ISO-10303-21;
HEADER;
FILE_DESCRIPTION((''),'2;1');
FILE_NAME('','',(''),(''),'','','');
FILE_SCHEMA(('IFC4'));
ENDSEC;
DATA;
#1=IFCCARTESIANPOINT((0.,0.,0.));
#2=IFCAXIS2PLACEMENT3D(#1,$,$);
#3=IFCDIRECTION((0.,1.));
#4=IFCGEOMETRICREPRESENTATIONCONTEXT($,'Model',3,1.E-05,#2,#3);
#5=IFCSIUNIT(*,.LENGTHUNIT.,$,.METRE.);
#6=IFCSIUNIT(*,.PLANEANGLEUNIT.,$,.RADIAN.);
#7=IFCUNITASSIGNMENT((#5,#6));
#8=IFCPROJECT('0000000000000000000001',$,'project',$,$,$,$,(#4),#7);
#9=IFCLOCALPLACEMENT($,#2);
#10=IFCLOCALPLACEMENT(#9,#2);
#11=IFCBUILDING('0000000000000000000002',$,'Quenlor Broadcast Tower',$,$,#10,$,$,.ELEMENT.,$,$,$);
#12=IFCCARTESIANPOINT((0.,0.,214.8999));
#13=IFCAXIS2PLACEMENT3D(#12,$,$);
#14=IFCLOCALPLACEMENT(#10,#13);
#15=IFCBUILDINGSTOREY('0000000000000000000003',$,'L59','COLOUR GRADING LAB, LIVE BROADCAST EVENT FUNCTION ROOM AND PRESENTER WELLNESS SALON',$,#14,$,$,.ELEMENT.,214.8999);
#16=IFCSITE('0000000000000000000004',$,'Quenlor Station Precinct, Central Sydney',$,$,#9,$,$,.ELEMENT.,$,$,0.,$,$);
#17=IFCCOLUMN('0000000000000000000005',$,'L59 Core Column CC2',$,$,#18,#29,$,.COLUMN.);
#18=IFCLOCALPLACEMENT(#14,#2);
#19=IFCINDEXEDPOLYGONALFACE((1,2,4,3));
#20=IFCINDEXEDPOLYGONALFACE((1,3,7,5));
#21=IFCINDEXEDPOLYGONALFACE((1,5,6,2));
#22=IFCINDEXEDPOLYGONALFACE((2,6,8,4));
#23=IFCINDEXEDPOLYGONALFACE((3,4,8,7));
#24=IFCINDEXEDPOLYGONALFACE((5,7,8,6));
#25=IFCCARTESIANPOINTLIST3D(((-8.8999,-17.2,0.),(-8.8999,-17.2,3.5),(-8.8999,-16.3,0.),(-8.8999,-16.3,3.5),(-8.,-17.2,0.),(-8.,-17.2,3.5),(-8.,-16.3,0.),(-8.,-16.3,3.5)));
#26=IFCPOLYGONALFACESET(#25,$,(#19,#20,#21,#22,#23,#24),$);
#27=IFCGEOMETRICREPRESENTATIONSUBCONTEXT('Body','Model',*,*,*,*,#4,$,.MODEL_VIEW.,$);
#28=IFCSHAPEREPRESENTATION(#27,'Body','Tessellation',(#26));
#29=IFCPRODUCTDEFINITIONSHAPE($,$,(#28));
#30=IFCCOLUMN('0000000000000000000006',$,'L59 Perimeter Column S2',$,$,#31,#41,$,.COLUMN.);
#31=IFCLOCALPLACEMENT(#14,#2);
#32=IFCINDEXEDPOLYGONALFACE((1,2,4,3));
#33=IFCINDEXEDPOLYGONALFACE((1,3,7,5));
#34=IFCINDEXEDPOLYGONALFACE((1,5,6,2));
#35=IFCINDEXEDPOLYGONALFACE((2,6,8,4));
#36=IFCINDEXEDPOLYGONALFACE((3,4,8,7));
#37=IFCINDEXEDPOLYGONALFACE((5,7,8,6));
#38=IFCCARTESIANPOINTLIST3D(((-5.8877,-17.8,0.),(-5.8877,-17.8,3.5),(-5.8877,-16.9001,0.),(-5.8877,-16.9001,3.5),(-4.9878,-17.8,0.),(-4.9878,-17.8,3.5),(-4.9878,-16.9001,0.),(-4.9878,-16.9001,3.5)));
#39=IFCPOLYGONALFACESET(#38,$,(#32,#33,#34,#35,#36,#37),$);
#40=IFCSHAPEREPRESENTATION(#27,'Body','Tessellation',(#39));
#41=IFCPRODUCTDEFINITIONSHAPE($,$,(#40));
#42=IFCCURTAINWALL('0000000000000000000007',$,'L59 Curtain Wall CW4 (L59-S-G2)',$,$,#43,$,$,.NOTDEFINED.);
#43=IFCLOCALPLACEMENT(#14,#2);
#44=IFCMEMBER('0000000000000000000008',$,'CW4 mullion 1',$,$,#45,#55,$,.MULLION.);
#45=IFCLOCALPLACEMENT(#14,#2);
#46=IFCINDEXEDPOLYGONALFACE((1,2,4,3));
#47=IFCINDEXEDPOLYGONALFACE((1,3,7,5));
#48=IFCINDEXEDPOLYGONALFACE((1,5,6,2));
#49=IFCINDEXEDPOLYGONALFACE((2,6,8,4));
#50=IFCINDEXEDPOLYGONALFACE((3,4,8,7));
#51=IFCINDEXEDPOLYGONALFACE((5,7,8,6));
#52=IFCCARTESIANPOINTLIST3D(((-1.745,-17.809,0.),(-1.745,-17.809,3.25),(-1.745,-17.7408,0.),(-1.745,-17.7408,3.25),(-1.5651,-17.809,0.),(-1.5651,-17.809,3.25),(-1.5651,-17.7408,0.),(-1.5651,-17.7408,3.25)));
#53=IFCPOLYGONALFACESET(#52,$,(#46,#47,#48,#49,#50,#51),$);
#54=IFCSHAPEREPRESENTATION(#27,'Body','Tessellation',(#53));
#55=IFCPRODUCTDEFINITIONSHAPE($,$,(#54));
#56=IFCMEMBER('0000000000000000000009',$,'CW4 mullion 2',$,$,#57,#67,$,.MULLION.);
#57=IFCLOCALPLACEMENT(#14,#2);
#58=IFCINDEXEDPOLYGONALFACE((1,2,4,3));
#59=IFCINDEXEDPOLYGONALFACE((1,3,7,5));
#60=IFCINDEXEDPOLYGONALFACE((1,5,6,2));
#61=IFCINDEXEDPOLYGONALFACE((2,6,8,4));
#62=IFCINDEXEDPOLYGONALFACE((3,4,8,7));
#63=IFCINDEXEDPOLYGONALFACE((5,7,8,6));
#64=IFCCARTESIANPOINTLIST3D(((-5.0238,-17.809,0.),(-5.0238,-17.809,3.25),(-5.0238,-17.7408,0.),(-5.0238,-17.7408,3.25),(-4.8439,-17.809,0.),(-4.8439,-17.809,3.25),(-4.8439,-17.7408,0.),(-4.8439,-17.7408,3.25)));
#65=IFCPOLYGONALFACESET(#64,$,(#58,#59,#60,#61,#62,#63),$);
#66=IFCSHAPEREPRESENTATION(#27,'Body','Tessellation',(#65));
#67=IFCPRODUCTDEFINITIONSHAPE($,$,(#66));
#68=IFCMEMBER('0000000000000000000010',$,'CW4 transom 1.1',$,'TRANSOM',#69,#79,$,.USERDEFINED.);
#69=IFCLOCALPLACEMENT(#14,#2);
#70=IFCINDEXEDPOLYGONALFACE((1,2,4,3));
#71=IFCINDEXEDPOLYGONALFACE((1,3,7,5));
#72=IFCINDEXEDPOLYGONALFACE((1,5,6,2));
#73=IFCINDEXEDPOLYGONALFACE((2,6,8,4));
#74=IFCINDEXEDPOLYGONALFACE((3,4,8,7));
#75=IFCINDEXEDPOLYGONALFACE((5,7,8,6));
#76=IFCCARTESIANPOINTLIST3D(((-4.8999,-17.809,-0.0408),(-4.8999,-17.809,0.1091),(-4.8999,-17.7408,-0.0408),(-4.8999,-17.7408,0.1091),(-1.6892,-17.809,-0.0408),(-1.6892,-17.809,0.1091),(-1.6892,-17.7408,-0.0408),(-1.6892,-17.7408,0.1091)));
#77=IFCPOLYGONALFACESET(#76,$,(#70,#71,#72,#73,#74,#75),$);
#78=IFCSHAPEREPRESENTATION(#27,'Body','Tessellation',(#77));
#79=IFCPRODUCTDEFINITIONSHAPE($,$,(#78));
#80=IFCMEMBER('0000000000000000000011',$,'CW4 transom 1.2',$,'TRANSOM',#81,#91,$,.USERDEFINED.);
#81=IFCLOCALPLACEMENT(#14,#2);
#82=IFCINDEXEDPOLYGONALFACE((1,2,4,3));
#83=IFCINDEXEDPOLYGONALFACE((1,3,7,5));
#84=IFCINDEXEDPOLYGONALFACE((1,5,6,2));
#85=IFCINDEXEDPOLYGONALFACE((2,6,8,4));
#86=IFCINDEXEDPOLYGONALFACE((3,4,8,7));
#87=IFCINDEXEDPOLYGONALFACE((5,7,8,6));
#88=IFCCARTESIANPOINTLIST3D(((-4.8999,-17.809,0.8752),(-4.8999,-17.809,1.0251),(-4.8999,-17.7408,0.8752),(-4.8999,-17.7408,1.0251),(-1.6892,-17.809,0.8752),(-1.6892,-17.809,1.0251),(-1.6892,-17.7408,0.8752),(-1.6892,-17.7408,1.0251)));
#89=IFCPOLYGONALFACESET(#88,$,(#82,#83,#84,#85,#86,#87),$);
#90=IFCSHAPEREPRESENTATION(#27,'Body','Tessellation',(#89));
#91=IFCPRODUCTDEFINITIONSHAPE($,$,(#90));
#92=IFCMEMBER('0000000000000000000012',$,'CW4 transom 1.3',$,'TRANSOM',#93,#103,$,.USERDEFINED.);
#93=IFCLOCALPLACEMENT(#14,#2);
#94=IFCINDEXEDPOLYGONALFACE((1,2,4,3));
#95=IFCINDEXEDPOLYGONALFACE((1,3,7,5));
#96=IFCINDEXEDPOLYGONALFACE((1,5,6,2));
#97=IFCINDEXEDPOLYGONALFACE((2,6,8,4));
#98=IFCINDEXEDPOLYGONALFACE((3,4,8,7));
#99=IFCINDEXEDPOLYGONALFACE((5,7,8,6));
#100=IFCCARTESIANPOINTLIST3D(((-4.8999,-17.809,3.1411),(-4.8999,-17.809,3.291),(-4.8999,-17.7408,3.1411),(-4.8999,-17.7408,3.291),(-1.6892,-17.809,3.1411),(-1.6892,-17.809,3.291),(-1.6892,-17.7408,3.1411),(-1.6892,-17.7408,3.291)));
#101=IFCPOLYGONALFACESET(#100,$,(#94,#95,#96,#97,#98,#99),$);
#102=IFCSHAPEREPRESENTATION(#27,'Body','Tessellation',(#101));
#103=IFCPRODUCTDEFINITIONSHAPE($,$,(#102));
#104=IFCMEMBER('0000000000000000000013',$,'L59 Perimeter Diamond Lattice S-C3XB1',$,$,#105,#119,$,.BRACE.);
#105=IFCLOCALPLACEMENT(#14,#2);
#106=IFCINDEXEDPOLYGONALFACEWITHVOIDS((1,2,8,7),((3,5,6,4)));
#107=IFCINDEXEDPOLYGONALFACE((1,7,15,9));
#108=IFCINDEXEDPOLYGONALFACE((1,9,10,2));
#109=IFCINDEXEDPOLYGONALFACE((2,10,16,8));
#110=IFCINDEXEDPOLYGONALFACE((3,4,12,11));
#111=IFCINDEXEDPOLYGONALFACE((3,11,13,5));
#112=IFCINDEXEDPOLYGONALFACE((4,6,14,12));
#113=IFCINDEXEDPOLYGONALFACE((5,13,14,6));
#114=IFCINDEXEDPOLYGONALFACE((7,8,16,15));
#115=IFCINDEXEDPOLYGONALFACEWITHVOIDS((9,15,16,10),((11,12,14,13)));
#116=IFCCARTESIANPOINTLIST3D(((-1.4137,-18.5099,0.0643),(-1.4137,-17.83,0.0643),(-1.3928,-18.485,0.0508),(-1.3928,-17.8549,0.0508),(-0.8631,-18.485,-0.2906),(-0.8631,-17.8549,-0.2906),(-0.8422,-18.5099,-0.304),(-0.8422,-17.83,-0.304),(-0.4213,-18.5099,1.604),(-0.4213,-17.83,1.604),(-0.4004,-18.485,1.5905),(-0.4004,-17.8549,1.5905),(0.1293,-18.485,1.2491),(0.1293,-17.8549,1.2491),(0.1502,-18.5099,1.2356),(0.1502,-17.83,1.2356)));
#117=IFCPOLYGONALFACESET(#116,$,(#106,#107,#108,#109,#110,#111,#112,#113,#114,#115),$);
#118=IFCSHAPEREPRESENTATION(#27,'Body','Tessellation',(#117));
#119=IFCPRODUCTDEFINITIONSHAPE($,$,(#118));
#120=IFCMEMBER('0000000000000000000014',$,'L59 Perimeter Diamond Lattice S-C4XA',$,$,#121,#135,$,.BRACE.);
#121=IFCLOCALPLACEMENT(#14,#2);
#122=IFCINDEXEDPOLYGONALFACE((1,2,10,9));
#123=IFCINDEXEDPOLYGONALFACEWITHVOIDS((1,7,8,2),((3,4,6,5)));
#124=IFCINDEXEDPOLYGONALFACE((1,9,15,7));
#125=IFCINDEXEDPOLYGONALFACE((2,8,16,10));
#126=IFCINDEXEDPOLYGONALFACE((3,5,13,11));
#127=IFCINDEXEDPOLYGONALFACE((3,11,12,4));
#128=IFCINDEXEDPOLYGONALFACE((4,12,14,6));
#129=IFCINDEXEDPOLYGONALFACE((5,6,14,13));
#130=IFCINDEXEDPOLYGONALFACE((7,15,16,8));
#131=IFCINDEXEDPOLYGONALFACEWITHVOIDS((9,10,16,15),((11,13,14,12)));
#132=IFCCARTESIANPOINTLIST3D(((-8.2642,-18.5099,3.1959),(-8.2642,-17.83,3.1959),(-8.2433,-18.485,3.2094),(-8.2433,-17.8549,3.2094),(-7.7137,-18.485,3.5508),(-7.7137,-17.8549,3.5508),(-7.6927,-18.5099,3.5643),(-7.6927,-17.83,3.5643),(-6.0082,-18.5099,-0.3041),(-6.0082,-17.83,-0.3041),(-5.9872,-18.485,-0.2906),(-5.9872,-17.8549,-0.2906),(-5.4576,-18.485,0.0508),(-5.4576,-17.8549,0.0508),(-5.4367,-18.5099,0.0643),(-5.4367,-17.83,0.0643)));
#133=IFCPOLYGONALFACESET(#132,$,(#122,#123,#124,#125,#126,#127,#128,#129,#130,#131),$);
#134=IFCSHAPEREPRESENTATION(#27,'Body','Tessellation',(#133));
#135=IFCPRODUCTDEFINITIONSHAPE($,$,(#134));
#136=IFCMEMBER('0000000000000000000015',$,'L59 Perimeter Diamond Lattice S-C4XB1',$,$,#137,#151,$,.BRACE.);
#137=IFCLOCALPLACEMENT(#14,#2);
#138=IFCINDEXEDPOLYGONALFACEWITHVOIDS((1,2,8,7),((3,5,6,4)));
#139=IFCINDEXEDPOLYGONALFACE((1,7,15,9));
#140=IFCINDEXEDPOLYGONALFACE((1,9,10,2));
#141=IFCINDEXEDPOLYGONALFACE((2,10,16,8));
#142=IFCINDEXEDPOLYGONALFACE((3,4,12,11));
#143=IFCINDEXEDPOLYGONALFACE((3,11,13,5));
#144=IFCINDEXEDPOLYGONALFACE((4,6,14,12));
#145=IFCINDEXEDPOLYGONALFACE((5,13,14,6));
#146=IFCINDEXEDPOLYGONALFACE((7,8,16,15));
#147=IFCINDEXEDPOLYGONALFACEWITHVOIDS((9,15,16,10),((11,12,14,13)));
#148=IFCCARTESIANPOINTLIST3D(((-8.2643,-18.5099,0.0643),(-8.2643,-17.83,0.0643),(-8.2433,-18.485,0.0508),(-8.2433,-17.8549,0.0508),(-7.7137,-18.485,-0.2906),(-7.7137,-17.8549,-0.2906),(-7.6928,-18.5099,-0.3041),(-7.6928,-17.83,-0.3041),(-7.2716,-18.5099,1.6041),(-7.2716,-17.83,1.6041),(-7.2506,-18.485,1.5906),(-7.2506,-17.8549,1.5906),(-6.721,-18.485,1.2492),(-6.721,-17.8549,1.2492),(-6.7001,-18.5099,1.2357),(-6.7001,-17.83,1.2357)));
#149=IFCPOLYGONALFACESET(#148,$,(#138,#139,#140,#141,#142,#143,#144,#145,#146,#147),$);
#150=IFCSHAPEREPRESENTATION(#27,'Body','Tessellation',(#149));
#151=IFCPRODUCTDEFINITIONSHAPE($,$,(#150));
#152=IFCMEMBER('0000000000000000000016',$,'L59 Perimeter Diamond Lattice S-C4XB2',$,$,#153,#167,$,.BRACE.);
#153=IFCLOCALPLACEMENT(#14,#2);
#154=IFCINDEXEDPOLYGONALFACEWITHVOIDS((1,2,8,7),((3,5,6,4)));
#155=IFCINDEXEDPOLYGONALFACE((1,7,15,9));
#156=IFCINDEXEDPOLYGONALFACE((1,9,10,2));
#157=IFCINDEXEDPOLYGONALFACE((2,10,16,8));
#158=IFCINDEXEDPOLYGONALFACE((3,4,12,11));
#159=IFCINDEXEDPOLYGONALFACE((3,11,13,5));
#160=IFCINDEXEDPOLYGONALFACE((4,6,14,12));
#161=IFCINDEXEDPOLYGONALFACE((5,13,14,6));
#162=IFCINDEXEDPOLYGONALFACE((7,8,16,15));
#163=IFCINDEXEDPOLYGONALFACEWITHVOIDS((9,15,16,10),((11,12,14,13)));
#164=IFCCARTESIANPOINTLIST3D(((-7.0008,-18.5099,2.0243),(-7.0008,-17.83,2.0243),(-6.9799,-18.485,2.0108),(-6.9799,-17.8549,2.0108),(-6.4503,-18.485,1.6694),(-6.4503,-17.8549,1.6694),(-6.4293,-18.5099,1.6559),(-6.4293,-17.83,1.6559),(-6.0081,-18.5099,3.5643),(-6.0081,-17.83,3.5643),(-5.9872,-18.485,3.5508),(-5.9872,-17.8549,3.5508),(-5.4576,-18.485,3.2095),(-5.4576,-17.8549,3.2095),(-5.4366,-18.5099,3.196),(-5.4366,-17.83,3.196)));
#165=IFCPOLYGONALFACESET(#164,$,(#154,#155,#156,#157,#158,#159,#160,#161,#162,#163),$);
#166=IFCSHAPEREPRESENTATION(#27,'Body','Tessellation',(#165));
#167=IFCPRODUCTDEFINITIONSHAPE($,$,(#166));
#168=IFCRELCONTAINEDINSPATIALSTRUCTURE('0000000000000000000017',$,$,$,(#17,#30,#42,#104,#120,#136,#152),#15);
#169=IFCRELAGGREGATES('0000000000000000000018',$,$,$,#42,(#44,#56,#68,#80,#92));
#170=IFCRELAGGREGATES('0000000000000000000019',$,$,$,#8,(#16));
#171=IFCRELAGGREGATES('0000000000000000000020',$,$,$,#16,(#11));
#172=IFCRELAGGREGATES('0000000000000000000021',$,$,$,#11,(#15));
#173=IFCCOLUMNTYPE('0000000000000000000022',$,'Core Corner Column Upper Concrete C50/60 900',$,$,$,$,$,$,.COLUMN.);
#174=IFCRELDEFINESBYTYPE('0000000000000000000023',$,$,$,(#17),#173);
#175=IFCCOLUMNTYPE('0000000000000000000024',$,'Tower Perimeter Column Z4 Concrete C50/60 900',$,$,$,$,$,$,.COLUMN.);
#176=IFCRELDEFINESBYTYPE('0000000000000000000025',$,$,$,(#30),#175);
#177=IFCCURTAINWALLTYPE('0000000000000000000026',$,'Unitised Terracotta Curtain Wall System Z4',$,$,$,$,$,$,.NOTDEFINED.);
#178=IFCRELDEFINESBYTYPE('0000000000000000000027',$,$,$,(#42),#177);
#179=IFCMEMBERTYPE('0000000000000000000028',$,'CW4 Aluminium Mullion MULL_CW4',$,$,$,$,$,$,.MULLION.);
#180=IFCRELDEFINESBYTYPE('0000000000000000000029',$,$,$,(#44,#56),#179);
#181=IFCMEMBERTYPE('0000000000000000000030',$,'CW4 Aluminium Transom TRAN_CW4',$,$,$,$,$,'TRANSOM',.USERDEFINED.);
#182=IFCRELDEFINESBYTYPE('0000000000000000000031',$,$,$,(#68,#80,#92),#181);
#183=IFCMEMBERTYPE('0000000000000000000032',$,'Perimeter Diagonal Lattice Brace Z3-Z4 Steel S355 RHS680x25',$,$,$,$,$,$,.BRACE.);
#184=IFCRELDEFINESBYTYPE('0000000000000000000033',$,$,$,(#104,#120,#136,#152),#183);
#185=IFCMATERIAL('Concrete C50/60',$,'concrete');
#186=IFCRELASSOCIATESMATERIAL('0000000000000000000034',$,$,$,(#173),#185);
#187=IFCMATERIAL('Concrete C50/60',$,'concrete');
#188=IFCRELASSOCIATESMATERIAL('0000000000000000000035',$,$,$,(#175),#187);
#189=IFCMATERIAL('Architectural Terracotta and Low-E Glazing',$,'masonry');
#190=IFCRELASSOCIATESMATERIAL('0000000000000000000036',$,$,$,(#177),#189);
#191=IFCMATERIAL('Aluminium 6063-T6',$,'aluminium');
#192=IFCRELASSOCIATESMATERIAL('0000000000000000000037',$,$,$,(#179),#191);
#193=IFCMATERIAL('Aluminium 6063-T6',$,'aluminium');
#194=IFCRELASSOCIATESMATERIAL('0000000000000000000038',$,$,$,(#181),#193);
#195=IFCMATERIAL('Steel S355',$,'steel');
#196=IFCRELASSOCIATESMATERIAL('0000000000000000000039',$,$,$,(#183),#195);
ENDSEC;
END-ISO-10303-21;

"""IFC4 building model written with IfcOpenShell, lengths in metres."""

from ifc_helpers import new_model, si_unit, direction, frame, origin, origin_2d, place, context, subcontext, project, spatial, rectangle, hollow_rectangle, extrude, material, material_profile, profile_set, type_object, element, aggregate, save


model = new_model("IFC4")

# Units and contexts
model_context = context("Model", 3, precision=1e-05, world=origin(), true_north=direction((0.0, 1.0)))
body_context = subcontext(model_context, "Body", "Model", "MODEL_VIEW")
ifc_project = project(units=[si_unit("LENGTHUNIT", "METRE"), si_unit("PLANEANGLEUNIT", "RADIAN")], contexts=[model_context])

# Site, building, storey
site_placement = place(None, origin())
site = spatial("IfcSite", under=ifc_project, at=site_placement, Name="Quenlor Station Precinct, Central Sydney", CompositionType="ELEMENT", RefElevation=0.0)
building_placement = place(site_placement, origin())
building = spatial("IfcBuilding", under=site, at=building_placement, Name="Quenlor Broadcast Tower", CompositionType="ELEMENT")
storey_placement = place(building_placement, frame((0.0, 0.0, 214.8999)))
storey = spatial("IfcBuildingStorey", under=building, at=storey_placement, Name="L59", Description="COLOUR GRADING LAB, LIVE BROADCAST EVENT FUNCTION ROOM AND PRESENTER WELLNESS SALON", CompositionType="ELEMENT", Elevation=214.8999)

# Columns
ifc_material_1 = material(Name="Concrete C50/60", Category="concrete")
ifc_material_profile_1 = material_profile(ifc_material_1, rectangle(XDim=0.8999, YDim=0.8999, at=origin_2d()))
ifc_profile_set_1 = profile_set([ifc_material_profile_1], Name="Concrete C50/60 RC900x900")
column_type_1 = type_object("IfcColumnType", Name="Core Corner Column Upper Concrete C50/60 900", PredefinedType="COLUMN", material=ifc_profile_set_1)
column_1_placement = place(storey_placement, frame((-8.45, -16.75, 0.0), z_axis=(0.0, 0.0, 1.0), x_axis=(1.0, 0.0, 0.0)))
element("IfcColumn", 1, at=column_1_placement, inside=storey, type_object=column_type_1, Name="L59 Core Column CC2", PredefinedType="COLUMN", context=body_context, shape_type="SweptSolid", body=[
    extrude(rectangle(XDim=0.8999, YDim=0.8999, at=origin_2d()), origin(), (0.0, 0.0, 1.0), 3.5),
])
ifc_material_2 = material(Name="Concrete C50/60", Category="concrete")
ifc_material_profile_2 = material_profile(ifc_material_2, rectangle(XDim=0.8999, YDim=0.8999, at=origin_2d()))
ifc_profile_set_2 = profile_set([ifc_material_profile_2], Name="Concrete C50/60 RC900x900")
column_type_2 = type_object("IfcColumnType", Name="Tower Perimeter Column Z4 Concrete C50/60 900", PredefinedType="COLUMN", material=ifc_profile_set_2)
column_2_placement = place(storey_placement, frame((-5.4377, -17.3501, 0.0), z_axis=(0.0, 0.0, 1.0), x_axis=(0.0, 1.0, 0.0)))
element("IfcColumn", 2, at=column_2_placement, inside=storey, type_object=column_type_2, Name="L59 Perimeter Column S2", PredefinedType="COLUMN", context=body_context, shape_type="SweptSolid", body=[
    extrude(rectangle(XDim=0.8999, YDim=0.8999, at=origin_2d()), origin(), (0.0, 0.0, 1.0), 3.5),
])

# Curtain wall, members
ifc_material_3 = material(Name="Architectural Terracotta and Low-E Glazing", Category="masonry")
curtain_wall_type = type_object("IfcCurtainWallType", Name="Unitised Terracotta Curtain Wall System Z4", PredefinedType="NOTDEFINED", material=ifc_material_3)
curtain_wall_placement = place(storey_placement, origin())
curtain_wall = element("IfcCurtainWall", 3, at=curtain_wall_placement, inside=storey, type_object=curtain_wall_type, Name="L59 Curtain Wall CW4 (L59-S-G2)", PredefinedType="NOTDEFINED")
ifc_material_4 = material(Name="Aluminium 6063-T6", Category="aluminium")
ifc_material_profile_3 = material_profile(ifc_material_4, rectangle(XDim=0.0681, YDim=0.1799, at=origin_2d()))
ifc_profile_set_3 = profile_set([ifc_material_profile_3], Name="Aluminium 6063-T6 MULL68x180")
member_type_1 = type_object("IfcMemberType", Name="CW4 Aluminium Mullion MULL_CW4", PredefinedType="MULLION", material=ifc_profile_set_3)
member_1_placement = place(storey_placement, frame((-1.655, -17.7749, 0.0), z_axis=(0.0, 0.0, 1.0), x_axis=(0.0, -1.0, 0.0)))
member_1 = element("IfcMember", 4, at=member_1_placement, type_object=member_type_1, Name="CW4 mullion 1", PredefinedType="MULLION", context=body_context, shape_type="SweptSolid", body=[
    extrude(rectangle(XDim=0.0681, YDim=0.1799, at=origin_2d()), origin(), (0.0, 0.0, 1.0), 3.25),
])
member_2_placement = place(storey_placement, frame((-4.9338, -17.7749, 0.0), z_axis=(0.0, 0.0, 1.0), x_axis=(0.0, -1.0, 0.0)))
member_2 = element("IfcMember", 5, at=member_2_placement, type_object=member_type_1, Name="CW4 mullion 2", PredefinedType="MULLION", context=body_context, shape_type="SweptSolid", body=[
    extrude(rectangle(XDim=0.0681, YDim=0.1799, at=origin_2d()), origin(), (0.0, 0.0, 1.0), 3.25),
])
ifc_material_5 = material(Name="Aluminium 6063-T6", Category="aluminium")
ifc_material_profile_4 = material_profile(ifc_material_5, rectangle(XDim=0.0681, YDim=0.1499, at=origin_2d()))
ifc_profile_set_4 = profile_set([ifc_material_profile_4], Name="Aluminium 6063-T6 TRAN68x150")
member_type_2 = type_object("IfcMemberType", Name="CW4 Aluminium Transom TRAN_CW4", ElementType="TRANSOM", PredefinedType="USERDEFINED", material=ifc_profile_set_4)
member_3_placement = place(storey_placement, frame((-1.6892, -17.7749, 0.0342), z_axis=(-1.0, 0.0, 0.0), x_axis=(0.0, -1.0, 0.0)))
member_3 = element("IfcMember", 6, at=member_3_placement, type_object=member_type_2, Name="CW4 transom 1.1", ObjectType="TRANSOM", PredefinedType="USERDEFINED", context=body_context, shape_type="SweptSolid", body=[
    extrude(rectangle(XDim=0.0681, YDim=0.1499, at=origin_2d()), origin(), (0.0, 0.0, 1.0), 3.2107),
])
member_4_placement = place(storey_placement, frame((-1.6892, -17.7749, 0.9502), z_axis=(-1.0, 0.0, 0.0), x_axis=(0.0, -1.0, 0.0)))
member_4 = element("IfcMember", 7, at=member_4_placement, type_object=member_type_2, Name="CW4 transom 1.2", ObjectType="TRANSOM", PredefinedType="USERDEFINED", context=body_context, shape_type="SweptSolid", body=[
    extrude(rectangle(XDim=0.0681, YDim=0.1499, at=origin_2d()), origin(), (0.0, 0.0, 1.0), 3.2107),
])
member_5_placement = place(storey_placement, frame((-1.6892, -17.7749, 3.2161), z_axis=(-1.0, 0.0, 0.0), x_axis=(0.0, -1.0, 0.0)))
member_5 = element("IfcMember", 8, at=member_5_placement, type_object=member_type_2, Name="CW4 transom 1.3", ObjectType="TRANSOM", PredefinedType="USERDEFINED", context=body_context, shape_type="SweptSolid", body=[
    extrude(rectangle(XDim=0.0681, YDim=0.1499, at=origin_2d()), origin(), (0.0, 0.0, 1.0), 3.2107),
])

# Members
ifc_material_6 = material(Name="Steel S355", Category="steel")
ifc_material_profile_5 = material_profile(ifc_material_6, hollow_rectangle(XDim=0.6799, YDim=0.6799, WallThickness=0.0249, at=origin_2d()))
ifc_profile_set_5 = profile_set([ifc_material_profile_5], Name="Steel S355 RHS680x680x25")
member_type_3 = type_object("IfcMemberType", Name="Perimeter Diagonal Lattice Brace Z3-Z4 Steel S355 RHS680x25", PredefinedType="BRACE", material=ifc_profile_set_5)
member_6_placement = place(storey_placement, frame((-1.1279, -18.1699, -0.1199), z_axis=(0.541747, 0.0, 0.840541), x_axis=(0.0, 1.0, 0.0)))
element("IfcMember", 9, at=member_6_placement, inside=storey, type_object=member_type_3, Name="L59 Perimeter Diamond Lattice S-C3XB1", PredefinedType="BRACE", context=body_context, shape_type="SweptSolid", body=[
    extrude(hollow_rectangle(XDim=0.6799, YDim=0.6799, WallThickness=0.0249, at=origin_2d()), origin(), (0.0, 0.0, 1.0), 1.8318),
])
member_7_placement = place(storey_placement, frame((-5.7224, -18.1699, -0.1199), z_axis=(-0.541794, 0.0, 0.840511), x_axis=(0.0, -1.0, 0.0)))
element("IfcMember", 10, at=member_7_placement, inside=storey, type_object=member_type_3, Name="L59 Perimeter Diamond Lattice S-C4XA", PredefinedType="BRACE", context=body_context, shape_type="SweptSolid", body=[
    extrude(hollow_rectangle(XDim=0.6799, YDim=0.6799, WallThickness=0.0249, at=origin_2d()), origin(), (0.0, 0.0, 1.0), 4.1641),
])
member_8_placement = place(storey_placement, frame((-7.9785, -18.1699, -0.1199), z_axis=(0.541842, 0.0, 0.840481), x_axis=(0.0, 1.0, 0.0)))
element("IfcMember", 11, at=member_8_placement, inside=storey, type_object=member_type_3, Name="L59 Perimeter Diamond Lattice S-C4XB1", PredefinedType="BRACE", context=body_context, shape_type="SweptSolid", body=[
    extrude(hollow_rectangle(XDim=0.6799, YDim=0.6799, WallThickness=0.0249, at=origin_2d()), origin(), (0.0, 0.0, 1.0), 1.832),
])
member_9_placement = place(storey_placement, frame((-6.7151, -18.1699, 1.8401), z_axis=(0.541781, 0.0, 0.84052), x_axis=(0.0, 1.0, 0.0)))
element("IfcMember", 12, at=member_9_placement, inside=storey, type_object=member_type_3, Name="L59 Perimeter Diamond Lattice S-C4XB2", PredefinedType="BRACE", context=body_context, shape_type="SweptSolid", body=[
    extrude(hollow_rectangle(XDim=0.6799, YDim=0.6799, WallThickness=0.0249, at=origin_2d()), origin(), (0.0, 0.0, 1.0), 1.8323),
])

aggregate(curtain_wall, [member_1, member_2, member_3, member_4, member_5])

save(model, "model.ifc")
